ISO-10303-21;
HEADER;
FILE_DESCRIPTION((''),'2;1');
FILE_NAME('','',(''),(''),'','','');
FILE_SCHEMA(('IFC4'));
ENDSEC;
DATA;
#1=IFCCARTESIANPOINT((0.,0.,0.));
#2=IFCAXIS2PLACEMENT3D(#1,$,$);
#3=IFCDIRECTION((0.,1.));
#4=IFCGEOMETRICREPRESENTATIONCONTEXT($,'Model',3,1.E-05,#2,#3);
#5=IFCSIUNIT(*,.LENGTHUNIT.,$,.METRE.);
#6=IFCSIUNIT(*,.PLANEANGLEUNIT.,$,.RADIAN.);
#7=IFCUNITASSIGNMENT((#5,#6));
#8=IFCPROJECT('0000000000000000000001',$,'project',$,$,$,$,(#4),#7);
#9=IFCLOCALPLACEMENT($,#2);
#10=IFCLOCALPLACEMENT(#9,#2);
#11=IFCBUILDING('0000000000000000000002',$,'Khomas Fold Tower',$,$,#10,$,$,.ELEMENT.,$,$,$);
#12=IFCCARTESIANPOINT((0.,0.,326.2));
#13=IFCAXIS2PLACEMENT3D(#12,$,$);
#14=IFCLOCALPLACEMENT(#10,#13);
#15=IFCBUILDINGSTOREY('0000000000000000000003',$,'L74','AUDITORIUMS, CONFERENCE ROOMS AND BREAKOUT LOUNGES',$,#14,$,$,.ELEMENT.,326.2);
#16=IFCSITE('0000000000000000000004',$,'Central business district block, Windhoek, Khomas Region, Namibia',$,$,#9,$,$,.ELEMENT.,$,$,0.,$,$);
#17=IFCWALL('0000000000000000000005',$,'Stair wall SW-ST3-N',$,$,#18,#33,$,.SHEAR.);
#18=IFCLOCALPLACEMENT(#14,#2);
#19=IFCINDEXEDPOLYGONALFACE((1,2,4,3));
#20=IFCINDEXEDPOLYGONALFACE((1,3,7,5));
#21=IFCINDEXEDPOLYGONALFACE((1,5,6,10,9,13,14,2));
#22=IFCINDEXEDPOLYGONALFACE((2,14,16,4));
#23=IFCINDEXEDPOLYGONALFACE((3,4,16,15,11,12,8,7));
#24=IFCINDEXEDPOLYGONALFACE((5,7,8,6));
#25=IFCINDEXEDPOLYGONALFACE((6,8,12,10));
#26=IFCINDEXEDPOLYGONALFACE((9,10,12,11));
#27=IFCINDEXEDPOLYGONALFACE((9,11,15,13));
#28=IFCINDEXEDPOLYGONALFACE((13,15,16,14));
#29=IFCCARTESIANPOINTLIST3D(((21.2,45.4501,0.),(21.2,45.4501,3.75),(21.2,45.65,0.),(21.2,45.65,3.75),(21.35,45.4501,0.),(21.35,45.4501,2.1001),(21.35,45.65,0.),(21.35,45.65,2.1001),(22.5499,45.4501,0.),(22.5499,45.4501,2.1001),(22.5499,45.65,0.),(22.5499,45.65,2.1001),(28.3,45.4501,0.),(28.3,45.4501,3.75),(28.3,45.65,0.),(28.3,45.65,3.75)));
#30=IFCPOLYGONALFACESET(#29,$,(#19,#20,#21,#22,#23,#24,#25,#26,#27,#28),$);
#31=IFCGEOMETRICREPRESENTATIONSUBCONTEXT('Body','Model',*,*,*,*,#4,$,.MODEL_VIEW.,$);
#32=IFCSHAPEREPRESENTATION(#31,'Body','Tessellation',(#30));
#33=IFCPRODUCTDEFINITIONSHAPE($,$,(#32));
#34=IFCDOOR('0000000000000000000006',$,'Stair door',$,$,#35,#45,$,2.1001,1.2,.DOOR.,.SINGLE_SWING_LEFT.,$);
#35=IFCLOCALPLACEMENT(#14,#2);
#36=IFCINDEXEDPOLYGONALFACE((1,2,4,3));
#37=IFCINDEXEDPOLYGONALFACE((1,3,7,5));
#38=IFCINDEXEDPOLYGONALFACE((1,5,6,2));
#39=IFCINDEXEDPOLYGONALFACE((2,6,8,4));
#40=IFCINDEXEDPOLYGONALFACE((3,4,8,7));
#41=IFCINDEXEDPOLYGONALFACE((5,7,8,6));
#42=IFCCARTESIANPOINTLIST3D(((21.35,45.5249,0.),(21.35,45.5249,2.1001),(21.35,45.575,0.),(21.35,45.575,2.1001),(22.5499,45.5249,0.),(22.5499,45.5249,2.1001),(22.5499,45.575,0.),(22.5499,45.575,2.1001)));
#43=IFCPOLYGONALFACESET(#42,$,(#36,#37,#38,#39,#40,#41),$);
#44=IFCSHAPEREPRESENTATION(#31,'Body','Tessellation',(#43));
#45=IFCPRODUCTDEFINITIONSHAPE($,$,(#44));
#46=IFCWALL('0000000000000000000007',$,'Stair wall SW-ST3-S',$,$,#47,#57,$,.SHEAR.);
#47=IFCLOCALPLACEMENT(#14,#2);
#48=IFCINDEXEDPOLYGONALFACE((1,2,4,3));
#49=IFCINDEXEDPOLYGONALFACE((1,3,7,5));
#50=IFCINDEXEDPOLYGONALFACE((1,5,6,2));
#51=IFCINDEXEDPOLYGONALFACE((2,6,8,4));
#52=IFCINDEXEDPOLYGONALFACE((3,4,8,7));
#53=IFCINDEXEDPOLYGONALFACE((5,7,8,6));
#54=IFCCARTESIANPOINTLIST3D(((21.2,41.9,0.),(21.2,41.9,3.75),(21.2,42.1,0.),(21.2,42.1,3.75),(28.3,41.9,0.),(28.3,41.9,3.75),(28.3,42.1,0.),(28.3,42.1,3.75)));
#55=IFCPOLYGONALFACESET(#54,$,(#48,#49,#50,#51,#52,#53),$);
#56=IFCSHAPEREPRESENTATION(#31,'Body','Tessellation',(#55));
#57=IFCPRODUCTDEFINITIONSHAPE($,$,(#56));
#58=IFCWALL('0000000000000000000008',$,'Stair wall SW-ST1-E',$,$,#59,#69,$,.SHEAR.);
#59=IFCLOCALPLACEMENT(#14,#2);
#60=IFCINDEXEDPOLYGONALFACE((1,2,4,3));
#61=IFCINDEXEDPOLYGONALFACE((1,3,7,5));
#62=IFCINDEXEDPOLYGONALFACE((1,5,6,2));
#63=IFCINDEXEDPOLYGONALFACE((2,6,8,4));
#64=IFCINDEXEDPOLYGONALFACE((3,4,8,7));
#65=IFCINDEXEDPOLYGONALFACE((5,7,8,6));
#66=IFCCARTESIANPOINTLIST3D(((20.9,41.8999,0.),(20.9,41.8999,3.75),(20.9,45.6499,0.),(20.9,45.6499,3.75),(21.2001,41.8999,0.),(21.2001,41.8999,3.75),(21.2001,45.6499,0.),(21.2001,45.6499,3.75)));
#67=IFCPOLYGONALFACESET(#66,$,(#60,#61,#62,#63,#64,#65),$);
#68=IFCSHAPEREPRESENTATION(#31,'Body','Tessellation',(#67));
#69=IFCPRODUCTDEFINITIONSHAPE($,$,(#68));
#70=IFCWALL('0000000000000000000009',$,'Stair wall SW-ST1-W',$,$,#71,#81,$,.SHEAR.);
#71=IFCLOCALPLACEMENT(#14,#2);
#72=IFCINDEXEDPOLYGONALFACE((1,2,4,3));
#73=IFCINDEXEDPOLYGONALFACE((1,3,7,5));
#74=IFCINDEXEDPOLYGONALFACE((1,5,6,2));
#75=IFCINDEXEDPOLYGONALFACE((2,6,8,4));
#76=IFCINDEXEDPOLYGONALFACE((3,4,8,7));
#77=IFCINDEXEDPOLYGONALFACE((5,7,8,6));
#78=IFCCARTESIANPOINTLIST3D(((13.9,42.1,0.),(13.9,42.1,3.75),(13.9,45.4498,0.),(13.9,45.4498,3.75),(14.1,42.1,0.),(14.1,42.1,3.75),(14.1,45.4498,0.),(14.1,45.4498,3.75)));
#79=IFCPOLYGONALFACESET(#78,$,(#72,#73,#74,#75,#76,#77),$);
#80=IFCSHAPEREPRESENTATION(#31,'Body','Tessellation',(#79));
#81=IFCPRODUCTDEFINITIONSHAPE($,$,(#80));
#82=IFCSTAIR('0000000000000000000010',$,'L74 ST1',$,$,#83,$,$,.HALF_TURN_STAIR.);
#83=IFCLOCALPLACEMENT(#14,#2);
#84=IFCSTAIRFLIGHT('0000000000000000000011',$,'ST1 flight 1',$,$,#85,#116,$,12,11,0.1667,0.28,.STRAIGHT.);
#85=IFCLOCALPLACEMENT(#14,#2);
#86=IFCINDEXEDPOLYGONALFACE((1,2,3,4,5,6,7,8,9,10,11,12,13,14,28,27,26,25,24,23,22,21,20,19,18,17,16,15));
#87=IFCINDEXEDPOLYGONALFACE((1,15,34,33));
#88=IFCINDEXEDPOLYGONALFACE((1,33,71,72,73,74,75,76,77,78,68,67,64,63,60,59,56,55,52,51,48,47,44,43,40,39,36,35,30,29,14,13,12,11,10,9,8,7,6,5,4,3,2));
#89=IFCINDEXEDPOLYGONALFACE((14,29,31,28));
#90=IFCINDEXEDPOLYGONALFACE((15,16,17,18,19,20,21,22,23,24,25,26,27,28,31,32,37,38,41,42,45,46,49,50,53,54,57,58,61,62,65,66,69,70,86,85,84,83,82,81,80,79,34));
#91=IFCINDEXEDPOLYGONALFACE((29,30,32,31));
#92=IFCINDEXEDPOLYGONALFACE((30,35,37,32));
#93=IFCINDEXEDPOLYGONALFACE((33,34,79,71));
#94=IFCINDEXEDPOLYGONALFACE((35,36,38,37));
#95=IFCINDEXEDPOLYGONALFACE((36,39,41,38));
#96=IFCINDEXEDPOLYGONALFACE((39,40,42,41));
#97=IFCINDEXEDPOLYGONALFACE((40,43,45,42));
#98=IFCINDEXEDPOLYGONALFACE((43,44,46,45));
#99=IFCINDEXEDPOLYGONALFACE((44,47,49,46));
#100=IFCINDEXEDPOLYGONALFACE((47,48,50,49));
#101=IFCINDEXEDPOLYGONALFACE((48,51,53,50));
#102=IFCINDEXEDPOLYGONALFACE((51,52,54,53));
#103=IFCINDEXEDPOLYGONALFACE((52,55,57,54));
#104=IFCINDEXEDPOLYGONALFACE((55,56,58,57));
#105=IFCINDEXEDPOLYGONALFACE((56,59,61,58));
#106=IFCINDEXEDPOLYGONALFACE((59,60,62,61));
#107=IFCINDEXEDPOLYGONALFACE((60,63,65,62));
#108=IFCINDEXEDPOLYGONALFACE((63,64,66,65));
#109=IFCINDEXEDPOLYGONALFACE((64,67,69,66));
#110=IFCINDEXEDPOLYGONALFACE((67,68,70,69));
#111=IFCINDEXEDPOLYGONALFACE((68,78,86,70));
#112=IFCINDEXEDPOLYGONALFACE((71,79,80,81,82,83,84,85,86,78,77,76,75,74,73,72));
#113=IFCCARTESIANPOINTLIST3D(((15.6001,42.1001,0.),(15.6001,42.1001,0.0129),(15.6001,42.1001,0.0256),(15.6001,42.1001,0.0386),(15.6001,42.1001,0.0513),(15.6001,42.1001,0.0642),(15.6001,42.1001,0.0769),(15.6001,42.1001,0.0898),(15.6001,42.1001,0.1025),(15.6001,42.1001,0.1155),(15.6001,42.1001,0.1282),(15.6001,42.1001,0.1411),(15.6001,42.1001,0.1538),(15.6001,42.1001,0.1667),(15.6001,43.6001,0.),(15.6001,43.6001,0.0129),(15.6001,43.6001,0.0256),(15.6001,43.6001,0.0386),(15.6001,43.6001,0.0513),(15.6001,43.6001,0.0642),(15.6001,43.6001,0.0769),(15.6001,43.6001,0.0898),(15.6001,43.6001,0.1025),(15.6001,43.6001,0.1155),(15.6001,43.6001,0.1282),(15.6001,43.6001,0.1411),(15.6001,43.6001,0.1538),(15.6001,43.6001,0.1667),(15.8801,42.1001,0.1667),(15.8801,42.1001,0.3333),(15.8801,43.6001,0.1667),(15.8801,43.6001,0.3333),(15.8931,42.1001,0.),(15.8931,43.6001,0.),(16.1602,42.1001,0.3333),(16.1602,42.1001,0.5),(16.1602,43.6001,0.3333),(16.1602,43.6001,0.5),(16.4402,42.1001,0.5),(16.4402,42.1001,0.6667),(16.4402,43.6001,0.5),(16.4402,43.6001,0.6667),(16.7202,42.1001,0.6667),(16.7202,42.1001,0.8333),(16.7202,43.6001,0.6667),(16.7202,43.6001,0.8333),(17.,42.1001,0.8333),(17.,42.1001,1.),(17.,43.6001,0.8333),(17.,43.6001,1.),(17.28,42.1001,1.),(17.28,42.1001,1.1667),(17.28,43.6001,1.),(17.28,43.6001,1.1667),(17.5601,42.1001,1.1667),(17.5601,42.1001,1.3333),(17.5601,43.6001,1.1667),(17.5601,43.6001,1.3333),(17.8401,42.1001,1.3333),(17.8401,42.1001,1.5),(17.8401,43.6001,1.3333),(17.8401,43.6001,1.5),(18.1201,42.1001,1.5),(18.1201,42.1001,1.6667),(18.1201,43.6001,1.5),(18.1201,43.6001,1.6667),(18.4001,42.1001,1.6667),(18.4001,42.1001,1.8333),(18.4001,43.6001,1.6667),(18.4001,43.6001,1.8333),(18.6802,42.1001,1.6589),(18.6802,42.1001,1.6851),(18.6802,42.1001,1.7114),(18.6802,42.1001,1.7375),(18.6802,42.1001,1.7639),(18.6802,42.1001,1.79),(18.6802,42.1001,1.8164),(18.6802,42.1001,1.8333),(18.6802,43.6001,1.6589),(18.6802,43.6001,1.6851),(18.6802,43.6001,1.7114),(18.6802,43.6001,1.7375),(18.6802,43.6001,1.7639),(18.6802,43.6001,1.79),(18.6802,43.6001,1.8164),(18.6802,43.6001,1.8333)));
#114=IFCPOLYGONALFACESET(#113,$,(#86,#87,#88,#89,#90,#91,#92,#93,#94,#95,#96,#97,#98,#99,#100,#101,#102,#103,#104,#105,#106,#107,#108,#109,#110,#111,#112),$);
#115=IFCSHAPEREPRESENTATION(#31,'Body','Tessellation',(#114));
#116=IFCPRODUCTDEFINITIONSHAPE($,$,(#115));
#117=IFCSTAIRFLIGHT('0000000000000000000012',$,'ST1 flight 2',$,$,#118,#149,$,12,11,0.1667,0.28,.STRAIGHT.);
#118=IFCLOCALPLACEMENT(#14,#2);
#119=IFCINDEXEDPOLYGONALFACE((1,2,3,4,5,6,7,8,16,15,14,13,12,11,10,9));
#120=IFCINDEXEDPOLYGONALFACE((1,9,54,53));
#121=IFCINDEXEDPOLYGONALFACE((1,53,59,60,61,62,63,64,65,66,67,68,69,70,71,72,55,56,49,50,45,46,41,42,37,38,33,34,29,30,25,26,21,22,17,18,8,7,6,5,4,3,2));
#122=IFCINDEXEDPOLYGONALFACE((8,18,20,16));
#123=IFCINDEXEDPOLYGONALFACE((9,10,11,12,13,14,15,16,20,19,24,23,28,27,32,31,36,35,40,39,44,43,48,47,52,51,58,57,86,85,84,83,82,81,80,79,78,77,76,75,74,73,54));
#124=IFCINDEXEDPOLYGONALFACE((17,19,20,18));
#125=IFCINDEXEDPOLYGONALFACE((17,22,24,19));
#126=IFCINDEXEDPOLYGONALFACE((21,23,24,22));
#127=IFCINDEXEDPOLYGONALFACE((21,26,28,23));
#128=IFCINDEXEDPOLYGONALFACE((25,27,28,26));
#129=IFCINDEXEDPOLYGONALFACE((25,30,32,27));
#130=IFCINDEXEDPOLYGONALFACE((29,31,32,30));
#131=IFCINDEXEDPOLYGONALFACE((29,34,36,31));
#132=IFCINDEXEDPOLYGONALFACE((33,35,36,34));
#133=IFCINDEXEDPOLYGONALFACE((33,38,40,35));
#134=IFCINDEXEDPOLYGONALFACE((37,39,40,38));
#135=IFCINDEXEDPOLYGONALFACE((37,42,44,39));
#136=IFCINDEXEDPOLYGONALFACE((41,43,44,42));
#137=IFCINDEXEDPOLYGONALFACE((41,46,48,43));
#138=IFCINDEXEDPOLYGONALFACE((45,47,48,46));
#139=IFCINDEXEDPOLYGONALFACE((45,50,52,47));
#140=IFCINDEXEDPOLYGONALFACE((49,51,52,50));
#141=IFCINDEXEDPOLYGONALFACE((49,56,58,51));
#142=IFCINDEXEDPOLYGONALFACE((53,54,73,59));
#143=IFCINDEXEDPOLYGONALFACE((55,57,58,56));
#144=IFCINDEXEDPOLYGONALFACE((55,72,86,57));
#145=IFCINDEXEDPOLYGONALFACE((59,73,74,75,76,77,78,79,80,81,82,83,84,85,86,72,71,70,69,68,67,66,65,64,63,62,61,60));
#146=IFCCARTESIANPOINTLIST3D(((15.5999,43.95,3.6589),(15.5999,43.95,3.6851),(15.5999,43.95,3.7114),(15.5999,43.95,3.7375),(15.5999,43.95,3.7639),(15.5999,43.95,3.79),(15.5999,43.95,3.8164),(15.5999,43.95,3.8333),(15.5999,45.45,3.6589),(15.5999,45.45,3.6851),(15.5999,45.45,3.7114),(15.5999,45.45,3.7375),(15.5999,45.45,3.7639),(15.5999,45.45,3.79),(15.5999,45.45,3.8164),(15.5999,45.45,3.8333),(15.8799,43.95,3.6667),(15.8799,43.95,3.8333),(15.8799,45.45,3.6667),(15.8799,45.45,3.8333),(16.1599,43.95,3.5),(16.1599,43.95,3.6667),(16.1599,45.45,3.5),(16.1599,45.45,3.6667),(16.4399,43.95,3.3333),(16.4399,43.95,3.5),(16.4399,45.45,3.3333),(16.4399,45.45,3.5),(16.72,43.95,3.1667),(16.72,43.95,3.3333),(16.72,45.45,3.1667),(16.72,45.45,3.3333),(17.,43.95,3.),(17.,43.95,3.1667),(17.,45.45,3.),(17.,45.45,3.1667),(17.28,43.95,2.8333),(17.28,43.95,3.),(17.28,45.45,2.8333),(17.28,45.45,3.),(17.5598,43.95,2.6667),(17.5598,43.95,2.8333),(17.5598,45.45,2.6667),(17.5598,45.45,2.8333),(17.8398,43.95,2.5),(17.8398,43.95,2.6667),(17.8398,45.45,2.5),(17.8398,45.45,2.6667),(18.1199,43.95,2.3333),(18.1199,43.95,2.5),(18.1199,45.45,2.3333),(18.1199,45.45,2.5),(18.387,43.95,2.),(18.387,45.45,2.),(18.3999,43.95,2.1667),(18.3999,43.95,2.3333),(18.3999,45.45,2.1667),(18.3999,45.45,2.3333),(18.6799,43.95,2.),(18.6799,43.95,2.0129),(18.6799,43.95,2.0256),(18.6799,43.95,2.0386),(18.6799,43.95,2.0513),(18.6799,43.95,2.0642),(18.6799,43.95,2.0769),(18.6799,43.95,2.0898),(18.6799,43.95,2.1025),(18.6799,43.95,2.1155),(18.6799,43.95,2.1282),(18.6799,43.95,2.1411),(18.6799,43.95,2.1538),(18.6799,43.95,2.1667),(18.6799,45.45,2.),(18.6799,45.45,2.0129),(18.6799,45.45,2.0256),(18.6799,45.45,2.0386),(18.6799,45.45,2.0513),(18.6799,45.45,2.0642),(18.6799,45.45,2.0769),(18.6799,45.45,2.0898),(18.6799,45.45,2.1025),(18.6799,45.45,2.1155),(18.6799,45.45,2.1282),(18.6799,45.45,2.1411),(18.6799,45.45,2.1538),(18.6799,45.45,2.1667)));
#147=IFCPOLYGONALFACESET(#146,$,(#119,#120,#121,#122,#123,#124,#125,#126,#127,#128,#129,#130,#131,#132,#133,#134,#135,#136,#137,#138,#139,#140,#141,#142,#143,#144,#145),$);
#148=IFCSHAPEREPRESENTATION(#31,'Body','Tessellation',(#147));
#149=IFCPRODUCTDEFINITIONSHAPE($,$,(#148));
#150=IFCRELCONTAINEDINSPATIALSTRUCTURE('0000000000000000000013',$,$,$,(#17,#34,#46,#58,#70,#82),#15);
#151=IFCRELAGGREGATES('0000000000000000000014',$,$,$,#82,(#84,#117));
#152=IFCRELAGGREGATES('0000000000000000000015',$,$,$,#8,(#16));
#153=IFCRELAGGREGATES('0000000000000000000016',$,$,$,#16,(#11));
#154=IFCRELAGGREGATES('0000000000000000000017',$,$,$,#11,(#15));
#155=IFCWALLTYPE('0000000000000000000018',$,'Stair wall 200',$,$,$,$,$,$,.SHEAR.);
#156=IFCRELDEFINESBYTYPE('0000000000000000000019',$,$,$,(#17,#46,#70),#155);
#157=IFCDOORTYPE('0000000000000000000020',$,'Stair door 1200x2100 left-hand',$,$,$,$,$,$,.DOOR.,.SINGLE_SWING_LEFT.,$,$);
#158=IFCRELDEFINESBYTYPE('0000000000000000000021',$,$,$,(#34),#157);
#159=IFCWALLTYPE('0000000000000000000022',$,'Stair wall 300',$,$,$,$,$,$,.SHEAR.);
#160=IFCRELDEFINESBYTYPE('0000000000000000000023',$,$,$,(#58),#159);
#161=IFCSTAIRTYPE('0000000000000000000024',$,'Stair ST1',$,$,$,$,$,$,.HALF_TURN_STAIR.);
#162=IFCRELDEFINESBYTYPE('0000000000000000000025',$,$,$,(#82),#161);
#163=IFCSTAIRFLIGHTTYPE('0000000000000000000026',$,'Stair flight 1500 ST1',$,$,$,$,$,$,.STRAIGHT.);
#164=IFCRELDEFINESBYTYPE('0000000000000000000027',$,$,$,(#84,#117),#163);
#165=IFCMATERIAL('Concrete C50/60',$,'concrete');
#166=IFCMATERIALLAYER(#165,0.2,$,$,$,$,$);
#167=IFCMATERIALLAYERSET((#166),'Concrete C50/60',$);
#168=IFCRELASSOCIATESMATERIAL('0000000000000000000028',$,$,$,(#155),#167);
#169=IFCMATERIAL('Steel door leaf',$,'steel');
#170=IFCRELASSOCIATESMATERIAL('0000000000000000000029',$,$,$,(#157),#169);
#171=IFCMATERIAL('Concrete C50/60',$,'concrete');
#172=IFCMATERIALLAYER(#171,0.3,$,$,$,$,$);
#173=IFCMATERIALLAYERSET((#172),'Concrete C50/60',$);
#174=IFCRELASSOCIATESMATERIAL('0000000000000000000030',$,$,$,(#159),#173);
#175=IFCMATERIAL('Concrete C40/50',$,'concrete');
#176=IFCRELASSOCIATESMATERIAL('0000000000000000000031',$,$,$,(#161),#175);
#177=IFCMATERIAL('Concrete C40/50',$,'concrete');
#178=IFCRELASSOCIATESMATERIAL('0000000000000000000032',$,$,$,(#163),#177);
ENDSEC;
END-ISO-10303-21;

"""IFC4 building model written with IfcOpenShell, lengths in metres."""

from ifc_helpers import new_model, si_unit, direction, frame, frame_2d, origin, place, context, subcontext, project, spatial, polyline, rectangle, outline, extrude, source, transform, mapped, material, layer, layer_set, type_object, element, fill, aggregate, save


model = new_model("IFC4")

# Units and contexts
model_context = context("Model", 3, precision=1e-05, world=origin(), true_north=direction((0.0, 1.0)))
body_context = subcontext(model_context, "Body", "Model", "MODEL_VIEW")
ifc_project = project(units=[si_unit("LENGTHUNIT", "METRE"), si_unit("PLANEANGLEUNIT", "RADIAN")], contexts=[model_context])

# Site, building, storey
site_placement = place(None, origin())
site = spatial("IfcSite", under=ifc_project, at=site_placement, Name="Central business district block, Windhoek, Khomas Region, Namibia", CompositionType="ELEMENT", RefElevation=0.0)
building_placement = place(site_placement, origin())
building = spatial("IfcBuilding", under=site, at=building_placement, Name="Khomas Fold Tower", CompositionType="ELEMENT")
storey_placement = place(building_placement, frame((0.0, 0.0, 326.2)))
storey = spatial("IfcBuildingStorey", under=building, at=storey_placement, Name="L74", Description="AUDITORIUMS, CONFERENCE ROOMS AND BREAKOUT LOUNGES", CompositionType="ELEMENT", Elevation=326.2)

# Shared definitions
ifc_material_1 = material(Name="Concrete C50/60", Category="concrete")
ifc_layer_1 = layer(ifc_material_1, 0.2)
ifc_layer_set_1 = layer_set([ifc_layer_1], Name="Concrete C50/60")
wall_type_1 = type_object("IfcWallType", Name="Stair wall 200", PredefinedType="SHEAR", material=ifc_layer_set_1)
shared_shape_1 = source(origin(), body_context, "Body", "SweptSolid", [
    extrude(rectangle(XDim=1.2, YDim=2.1001, at=frame_2d((0.6001, 1.05))), frame((0.0, 0.1099, 0.0), z_axis=(0.0, -1.0, 0.0), x_axis=(1.0, 0.0, 0.0)), (0.0, 0.0, 1.0), 0.22),
])
ifc_material_2 = material(Name="Steel door leaf", Category="steel")
door_type = type_object("IfcDoorType", Name="Stair door 1200x2100 left-hand", OperationType="SINGLE_SWING_LEFT", PredefinedType="DOOR", material=ifc_material_2)
shared_shape_2 = source(origin(), body_context, "Body", "SweptSolid", [
    extrude(rectangle(XDim=1.2, YDim=2.1001, at=frame_2d((0.6001, 1.05))), frame((0.0, 0.0249, 0.0), z_axis=(0.0, -1.0, 0.0), x_axis=(1.0, 0.0, 0.0)), (0.0, 0.0, 1.0), 0.05),
])

# Wall, opening, door
shared_shape_3 = source(origin(), body_context, "Body", "SweptSolid", [
    extrude(rectangle(XDim=7.1001, YDim=0.2, at=frame_2d((3.55, 0.0))), origin(), (0.0, 0.0, 1.0), 3.75),
])
wall_1_placement = place(storey_placement, frame((21.2, 45.55, 0.0), z_axis=(0.0, 0.0, 1.0), x_axis=(1.0, 0.0, 0.0)))
wall_1 = element("IfcWall", 1, at=wall_1_placement, inside=storey, type_object=wall_type_1, Name="Stair wall SW-ST3-N", PredefinedType="SHEAR", context=body_context, shape_type="MappedRepresentation", body=[
    mapped(shared_shape_3, transform((0.0, 0.0, 0.0))),
])
opening_1_placement = place(wall_1_placement, frame((0.1499, 0.0, 0.0)))
opening_1 = element("IfcOpeningElement", 2, at=opening_1_placement, cuts=wall_1, PredefinedType="OPENING", context=body_context, shape_type="MappedRepresentation", body=[
    mapped(shared_shape_1, transform((0.0, 0.0, 0.0))),
])
door_1_placement = place(opening_1_placement, origin())
door_1 = element("IfcDoor", 3, at=door_1_placement, inside=storey, type_object=door_type, Name="Stair door", OperationType="SINGLE_SWING_LEFT", OverallHeight=2.1001, OverallWidth=1.2, PredefinedType="DOOR", context=body_context, shape_type="MappedRepresentation", body=[
    mapped(shared_shape_2, transform((0.0, 0.0, 0.0))),
])
fill(opening_1, door_1)

# Walls
wall_2_placement = place(storey_placement, frame((21.2, 42.0, 0.0), z_axis=(0.0, 0.0, 1.0), x_axis=(1.0, 0.0, 0.0)))
element("IfcWall", 4, at=wall_2_placement, inside=storey, type_object=wall_type_1, Name="Stair wall SW-ST3-S", PredefinedType="SHEAR", context=body_context, shape_type="MappedRepresentation", body=[
    mapped(shared_shape_3, transform((0.0, 0.0, 0.0))),
])
ifc_material_3 = material(Name="Concrete C50/60", Category="concrete")
ifc_layer_2 = layer(ifc_material_3, 0.3)
ifc_layer_set_2 = layer_set([ifc_layer_2], Name="Concrete C50/60")
wall_type_2 = type_object("IfcWallType", Name="Stair wall 300", PredefinedType="SHEAR", material=ifc_layer_set_2)
shared_shape_4 = source(origin(), body_context, "Body", "SweptSolid", [
    extrude(rectangle(XDim=3.75, YDim=0.3, at=frame_2d((1.875, 0.0))), origin(), (0.0, 0.0, 1.0), 3.75),
])
wall_3_placement = place(storey_placement, frame((21.05, 41.8999, 0.0), z_axis=(0.0, 0.0, 1.0), x_axis=(0.0, 1.0, 0.0)))
element("IfcWall", 5, at=wall_3_placement, inside=storey, type_object=wall_type_2, Name="Stair wall SW-ST1-E", PredefinedType="SHEAR", context=body_context, shape_type="MappedRepresentation", body=[
    mapped(shared_shape_4, transform((0.0, 0.0, 0.0))),
])
shared_shape_5 = source(origin(), body_context, "Body", "SweptSolid", [
    extrude(rectangle(XDim=3.3499, YDim=0.2, at=frame_2d((1.6748, 0.0))), origin(), (0.0, 0.0, 1.0), 3.75),
])
wall_4_placement = place(storey_placement, frame((14.0, 42.1001, 0.0), z_axis=(0.0, 0.0, 1.0), x_axis=(0.0, 1.0, 0.0)))
element("IfcWall", 6, at=wall_4_placement, inside=storey, type_object=wall_type_1, Name="Stair wall SW-ST1-W", PredefinedType="SHEAR", context=body_context, shape_type="MappedRepresentation", body=[
    mapped(shared_shape_5, transform((0.0, 0.0, 0.0))),
])

# Stair, stair flights
ifc_material_4 = material(Name="Concrete C40/50", Category="concrete")
stair_type_1 = type_object("IfcStairType", Name="Stair ST1", PredefinedType="HALF_TURN_STAIR", material=ifc_material_4)
stair_1_placement = place(storey_placement, origin())
stair_1 = element("IfcStair", 7, at=stair_1_placement, inside=storey, type_object=stair_type_1, Name="L74 ST1", PredefinedType="HALF_TURN_STAIR")
ifc_material_5 = material(Name="Concrete C40/50", Category="concrete")
stair_flight_type_1 = type_object("IfcStairFlightType", Name="Stair flight 1500 ST1", PredefinedType="STRAIGHT", material=ifc_material_5)
shared_shape_6 = source(origin(), body_context, "Body", "SweptSolid", [
    extrude(outline(polyline([(0.0, 0.0), (0.0, 0.0129), (0.0, 0.0256), (0.0, 0.0386), (0.0, 0.0513), (0.0, 0.0642), (0.0, 0.0769), (0.0, 0.0898), (0.0, 0.1025), (0.0, 0.1155), (0.0, 0.1282), (0.0, 0.1411), (0.0, 0.1538), (0.0, 0.1667), (0.28, 0.1667), (0.28, 0.3333), (0.5601, 0.3333), (0.5601, 0.5), (0.8401, 0.5), (0.8401, 0.6667), (1.1201, 0.6667), (1.1201, 0.8333), (1.3999, 0.8333), (1.3999, 1.0), (1.6799, 1.0), (1.6799, 1.1667), (1.96, 1.1667), (1.96, 1.3333), (2.24, 1.3333), (2.24, 1.5), (2.52, 1.5), (2.52, 1.6667), (2.8, 1.6667), (2.8, 1.8333), (3.0801, 1.8333), (3.0801, 2.0), (3.0801, 1.9739), (3.0801, 1.9475), (3.0801, 1.9214), (3.0801, 1.895), (3.0801, 1.8689), (3.0801, 1.8425), (3.0801, 1.8164), (3.0801, 1.79), (3.0801, 1.7639), (3.0801, 1.7375), (3.0801, 1.7114), (3.0801, 1.6851), (3.0801, 1.6589), (0.293, 0.0), (0.0, 0.0)])), frame((0.0, 0.75, 0.0), z_axis=(0.0, -1.0, 0.0), x_axis=(1.0, 0.0, 0.0)), (0.0, 0.0, 1.0), 1.5),
])
stair_flight_1_placement = place(storey_placement, frame((15.6001, 42.8501, 0.0), z_axis=(0.0, 0.0, 1.0), x_axis=(1.0, 0.0, 0.0)))
stair_flight_1 = element("IfcStairFlight", 8, at=stair_flight_1_placement, type_object=stair_flight_type_1, Name="ST1 flight 1", NumberOfRisers=12, NumberOfTreads=11, PredefinedType="STRAIGHT", RiserHeight=0.1667, TreadLength=0.28, context=body_context, shape_type="MappedRepresentation", body=[
    mapped(shared_shape_6, transform((0.0, 0.0, 0.0))),
])
stair_flight_2_placement = place(storey_placement, frame((18.6799, 44.7, 2.0), z_axis=(0.0, 0.0, 1.0), x_axis=(-1.0, 0.0, 0.0)))
stair_flight_2 = element("IfcStairFlight", 9, at=stair_flight_2_placement, type_object=stair_flight_type_1, Name="ST1 flight 2", NumberOfRisers=12, NumberOfTreads=11, PredefinedType="STRAIGHT", RiserHeight=0.1667, TreadLength=0.28, context=body_context, shape_type="MappedRepresentation", body=[
    mapped(shared_shape_6, transform((0.0, 0.0, 0.0))),
])
aggregate(stair_1, [stair_flight_1, stair_flight_2])

save(model, "model.ifc")
